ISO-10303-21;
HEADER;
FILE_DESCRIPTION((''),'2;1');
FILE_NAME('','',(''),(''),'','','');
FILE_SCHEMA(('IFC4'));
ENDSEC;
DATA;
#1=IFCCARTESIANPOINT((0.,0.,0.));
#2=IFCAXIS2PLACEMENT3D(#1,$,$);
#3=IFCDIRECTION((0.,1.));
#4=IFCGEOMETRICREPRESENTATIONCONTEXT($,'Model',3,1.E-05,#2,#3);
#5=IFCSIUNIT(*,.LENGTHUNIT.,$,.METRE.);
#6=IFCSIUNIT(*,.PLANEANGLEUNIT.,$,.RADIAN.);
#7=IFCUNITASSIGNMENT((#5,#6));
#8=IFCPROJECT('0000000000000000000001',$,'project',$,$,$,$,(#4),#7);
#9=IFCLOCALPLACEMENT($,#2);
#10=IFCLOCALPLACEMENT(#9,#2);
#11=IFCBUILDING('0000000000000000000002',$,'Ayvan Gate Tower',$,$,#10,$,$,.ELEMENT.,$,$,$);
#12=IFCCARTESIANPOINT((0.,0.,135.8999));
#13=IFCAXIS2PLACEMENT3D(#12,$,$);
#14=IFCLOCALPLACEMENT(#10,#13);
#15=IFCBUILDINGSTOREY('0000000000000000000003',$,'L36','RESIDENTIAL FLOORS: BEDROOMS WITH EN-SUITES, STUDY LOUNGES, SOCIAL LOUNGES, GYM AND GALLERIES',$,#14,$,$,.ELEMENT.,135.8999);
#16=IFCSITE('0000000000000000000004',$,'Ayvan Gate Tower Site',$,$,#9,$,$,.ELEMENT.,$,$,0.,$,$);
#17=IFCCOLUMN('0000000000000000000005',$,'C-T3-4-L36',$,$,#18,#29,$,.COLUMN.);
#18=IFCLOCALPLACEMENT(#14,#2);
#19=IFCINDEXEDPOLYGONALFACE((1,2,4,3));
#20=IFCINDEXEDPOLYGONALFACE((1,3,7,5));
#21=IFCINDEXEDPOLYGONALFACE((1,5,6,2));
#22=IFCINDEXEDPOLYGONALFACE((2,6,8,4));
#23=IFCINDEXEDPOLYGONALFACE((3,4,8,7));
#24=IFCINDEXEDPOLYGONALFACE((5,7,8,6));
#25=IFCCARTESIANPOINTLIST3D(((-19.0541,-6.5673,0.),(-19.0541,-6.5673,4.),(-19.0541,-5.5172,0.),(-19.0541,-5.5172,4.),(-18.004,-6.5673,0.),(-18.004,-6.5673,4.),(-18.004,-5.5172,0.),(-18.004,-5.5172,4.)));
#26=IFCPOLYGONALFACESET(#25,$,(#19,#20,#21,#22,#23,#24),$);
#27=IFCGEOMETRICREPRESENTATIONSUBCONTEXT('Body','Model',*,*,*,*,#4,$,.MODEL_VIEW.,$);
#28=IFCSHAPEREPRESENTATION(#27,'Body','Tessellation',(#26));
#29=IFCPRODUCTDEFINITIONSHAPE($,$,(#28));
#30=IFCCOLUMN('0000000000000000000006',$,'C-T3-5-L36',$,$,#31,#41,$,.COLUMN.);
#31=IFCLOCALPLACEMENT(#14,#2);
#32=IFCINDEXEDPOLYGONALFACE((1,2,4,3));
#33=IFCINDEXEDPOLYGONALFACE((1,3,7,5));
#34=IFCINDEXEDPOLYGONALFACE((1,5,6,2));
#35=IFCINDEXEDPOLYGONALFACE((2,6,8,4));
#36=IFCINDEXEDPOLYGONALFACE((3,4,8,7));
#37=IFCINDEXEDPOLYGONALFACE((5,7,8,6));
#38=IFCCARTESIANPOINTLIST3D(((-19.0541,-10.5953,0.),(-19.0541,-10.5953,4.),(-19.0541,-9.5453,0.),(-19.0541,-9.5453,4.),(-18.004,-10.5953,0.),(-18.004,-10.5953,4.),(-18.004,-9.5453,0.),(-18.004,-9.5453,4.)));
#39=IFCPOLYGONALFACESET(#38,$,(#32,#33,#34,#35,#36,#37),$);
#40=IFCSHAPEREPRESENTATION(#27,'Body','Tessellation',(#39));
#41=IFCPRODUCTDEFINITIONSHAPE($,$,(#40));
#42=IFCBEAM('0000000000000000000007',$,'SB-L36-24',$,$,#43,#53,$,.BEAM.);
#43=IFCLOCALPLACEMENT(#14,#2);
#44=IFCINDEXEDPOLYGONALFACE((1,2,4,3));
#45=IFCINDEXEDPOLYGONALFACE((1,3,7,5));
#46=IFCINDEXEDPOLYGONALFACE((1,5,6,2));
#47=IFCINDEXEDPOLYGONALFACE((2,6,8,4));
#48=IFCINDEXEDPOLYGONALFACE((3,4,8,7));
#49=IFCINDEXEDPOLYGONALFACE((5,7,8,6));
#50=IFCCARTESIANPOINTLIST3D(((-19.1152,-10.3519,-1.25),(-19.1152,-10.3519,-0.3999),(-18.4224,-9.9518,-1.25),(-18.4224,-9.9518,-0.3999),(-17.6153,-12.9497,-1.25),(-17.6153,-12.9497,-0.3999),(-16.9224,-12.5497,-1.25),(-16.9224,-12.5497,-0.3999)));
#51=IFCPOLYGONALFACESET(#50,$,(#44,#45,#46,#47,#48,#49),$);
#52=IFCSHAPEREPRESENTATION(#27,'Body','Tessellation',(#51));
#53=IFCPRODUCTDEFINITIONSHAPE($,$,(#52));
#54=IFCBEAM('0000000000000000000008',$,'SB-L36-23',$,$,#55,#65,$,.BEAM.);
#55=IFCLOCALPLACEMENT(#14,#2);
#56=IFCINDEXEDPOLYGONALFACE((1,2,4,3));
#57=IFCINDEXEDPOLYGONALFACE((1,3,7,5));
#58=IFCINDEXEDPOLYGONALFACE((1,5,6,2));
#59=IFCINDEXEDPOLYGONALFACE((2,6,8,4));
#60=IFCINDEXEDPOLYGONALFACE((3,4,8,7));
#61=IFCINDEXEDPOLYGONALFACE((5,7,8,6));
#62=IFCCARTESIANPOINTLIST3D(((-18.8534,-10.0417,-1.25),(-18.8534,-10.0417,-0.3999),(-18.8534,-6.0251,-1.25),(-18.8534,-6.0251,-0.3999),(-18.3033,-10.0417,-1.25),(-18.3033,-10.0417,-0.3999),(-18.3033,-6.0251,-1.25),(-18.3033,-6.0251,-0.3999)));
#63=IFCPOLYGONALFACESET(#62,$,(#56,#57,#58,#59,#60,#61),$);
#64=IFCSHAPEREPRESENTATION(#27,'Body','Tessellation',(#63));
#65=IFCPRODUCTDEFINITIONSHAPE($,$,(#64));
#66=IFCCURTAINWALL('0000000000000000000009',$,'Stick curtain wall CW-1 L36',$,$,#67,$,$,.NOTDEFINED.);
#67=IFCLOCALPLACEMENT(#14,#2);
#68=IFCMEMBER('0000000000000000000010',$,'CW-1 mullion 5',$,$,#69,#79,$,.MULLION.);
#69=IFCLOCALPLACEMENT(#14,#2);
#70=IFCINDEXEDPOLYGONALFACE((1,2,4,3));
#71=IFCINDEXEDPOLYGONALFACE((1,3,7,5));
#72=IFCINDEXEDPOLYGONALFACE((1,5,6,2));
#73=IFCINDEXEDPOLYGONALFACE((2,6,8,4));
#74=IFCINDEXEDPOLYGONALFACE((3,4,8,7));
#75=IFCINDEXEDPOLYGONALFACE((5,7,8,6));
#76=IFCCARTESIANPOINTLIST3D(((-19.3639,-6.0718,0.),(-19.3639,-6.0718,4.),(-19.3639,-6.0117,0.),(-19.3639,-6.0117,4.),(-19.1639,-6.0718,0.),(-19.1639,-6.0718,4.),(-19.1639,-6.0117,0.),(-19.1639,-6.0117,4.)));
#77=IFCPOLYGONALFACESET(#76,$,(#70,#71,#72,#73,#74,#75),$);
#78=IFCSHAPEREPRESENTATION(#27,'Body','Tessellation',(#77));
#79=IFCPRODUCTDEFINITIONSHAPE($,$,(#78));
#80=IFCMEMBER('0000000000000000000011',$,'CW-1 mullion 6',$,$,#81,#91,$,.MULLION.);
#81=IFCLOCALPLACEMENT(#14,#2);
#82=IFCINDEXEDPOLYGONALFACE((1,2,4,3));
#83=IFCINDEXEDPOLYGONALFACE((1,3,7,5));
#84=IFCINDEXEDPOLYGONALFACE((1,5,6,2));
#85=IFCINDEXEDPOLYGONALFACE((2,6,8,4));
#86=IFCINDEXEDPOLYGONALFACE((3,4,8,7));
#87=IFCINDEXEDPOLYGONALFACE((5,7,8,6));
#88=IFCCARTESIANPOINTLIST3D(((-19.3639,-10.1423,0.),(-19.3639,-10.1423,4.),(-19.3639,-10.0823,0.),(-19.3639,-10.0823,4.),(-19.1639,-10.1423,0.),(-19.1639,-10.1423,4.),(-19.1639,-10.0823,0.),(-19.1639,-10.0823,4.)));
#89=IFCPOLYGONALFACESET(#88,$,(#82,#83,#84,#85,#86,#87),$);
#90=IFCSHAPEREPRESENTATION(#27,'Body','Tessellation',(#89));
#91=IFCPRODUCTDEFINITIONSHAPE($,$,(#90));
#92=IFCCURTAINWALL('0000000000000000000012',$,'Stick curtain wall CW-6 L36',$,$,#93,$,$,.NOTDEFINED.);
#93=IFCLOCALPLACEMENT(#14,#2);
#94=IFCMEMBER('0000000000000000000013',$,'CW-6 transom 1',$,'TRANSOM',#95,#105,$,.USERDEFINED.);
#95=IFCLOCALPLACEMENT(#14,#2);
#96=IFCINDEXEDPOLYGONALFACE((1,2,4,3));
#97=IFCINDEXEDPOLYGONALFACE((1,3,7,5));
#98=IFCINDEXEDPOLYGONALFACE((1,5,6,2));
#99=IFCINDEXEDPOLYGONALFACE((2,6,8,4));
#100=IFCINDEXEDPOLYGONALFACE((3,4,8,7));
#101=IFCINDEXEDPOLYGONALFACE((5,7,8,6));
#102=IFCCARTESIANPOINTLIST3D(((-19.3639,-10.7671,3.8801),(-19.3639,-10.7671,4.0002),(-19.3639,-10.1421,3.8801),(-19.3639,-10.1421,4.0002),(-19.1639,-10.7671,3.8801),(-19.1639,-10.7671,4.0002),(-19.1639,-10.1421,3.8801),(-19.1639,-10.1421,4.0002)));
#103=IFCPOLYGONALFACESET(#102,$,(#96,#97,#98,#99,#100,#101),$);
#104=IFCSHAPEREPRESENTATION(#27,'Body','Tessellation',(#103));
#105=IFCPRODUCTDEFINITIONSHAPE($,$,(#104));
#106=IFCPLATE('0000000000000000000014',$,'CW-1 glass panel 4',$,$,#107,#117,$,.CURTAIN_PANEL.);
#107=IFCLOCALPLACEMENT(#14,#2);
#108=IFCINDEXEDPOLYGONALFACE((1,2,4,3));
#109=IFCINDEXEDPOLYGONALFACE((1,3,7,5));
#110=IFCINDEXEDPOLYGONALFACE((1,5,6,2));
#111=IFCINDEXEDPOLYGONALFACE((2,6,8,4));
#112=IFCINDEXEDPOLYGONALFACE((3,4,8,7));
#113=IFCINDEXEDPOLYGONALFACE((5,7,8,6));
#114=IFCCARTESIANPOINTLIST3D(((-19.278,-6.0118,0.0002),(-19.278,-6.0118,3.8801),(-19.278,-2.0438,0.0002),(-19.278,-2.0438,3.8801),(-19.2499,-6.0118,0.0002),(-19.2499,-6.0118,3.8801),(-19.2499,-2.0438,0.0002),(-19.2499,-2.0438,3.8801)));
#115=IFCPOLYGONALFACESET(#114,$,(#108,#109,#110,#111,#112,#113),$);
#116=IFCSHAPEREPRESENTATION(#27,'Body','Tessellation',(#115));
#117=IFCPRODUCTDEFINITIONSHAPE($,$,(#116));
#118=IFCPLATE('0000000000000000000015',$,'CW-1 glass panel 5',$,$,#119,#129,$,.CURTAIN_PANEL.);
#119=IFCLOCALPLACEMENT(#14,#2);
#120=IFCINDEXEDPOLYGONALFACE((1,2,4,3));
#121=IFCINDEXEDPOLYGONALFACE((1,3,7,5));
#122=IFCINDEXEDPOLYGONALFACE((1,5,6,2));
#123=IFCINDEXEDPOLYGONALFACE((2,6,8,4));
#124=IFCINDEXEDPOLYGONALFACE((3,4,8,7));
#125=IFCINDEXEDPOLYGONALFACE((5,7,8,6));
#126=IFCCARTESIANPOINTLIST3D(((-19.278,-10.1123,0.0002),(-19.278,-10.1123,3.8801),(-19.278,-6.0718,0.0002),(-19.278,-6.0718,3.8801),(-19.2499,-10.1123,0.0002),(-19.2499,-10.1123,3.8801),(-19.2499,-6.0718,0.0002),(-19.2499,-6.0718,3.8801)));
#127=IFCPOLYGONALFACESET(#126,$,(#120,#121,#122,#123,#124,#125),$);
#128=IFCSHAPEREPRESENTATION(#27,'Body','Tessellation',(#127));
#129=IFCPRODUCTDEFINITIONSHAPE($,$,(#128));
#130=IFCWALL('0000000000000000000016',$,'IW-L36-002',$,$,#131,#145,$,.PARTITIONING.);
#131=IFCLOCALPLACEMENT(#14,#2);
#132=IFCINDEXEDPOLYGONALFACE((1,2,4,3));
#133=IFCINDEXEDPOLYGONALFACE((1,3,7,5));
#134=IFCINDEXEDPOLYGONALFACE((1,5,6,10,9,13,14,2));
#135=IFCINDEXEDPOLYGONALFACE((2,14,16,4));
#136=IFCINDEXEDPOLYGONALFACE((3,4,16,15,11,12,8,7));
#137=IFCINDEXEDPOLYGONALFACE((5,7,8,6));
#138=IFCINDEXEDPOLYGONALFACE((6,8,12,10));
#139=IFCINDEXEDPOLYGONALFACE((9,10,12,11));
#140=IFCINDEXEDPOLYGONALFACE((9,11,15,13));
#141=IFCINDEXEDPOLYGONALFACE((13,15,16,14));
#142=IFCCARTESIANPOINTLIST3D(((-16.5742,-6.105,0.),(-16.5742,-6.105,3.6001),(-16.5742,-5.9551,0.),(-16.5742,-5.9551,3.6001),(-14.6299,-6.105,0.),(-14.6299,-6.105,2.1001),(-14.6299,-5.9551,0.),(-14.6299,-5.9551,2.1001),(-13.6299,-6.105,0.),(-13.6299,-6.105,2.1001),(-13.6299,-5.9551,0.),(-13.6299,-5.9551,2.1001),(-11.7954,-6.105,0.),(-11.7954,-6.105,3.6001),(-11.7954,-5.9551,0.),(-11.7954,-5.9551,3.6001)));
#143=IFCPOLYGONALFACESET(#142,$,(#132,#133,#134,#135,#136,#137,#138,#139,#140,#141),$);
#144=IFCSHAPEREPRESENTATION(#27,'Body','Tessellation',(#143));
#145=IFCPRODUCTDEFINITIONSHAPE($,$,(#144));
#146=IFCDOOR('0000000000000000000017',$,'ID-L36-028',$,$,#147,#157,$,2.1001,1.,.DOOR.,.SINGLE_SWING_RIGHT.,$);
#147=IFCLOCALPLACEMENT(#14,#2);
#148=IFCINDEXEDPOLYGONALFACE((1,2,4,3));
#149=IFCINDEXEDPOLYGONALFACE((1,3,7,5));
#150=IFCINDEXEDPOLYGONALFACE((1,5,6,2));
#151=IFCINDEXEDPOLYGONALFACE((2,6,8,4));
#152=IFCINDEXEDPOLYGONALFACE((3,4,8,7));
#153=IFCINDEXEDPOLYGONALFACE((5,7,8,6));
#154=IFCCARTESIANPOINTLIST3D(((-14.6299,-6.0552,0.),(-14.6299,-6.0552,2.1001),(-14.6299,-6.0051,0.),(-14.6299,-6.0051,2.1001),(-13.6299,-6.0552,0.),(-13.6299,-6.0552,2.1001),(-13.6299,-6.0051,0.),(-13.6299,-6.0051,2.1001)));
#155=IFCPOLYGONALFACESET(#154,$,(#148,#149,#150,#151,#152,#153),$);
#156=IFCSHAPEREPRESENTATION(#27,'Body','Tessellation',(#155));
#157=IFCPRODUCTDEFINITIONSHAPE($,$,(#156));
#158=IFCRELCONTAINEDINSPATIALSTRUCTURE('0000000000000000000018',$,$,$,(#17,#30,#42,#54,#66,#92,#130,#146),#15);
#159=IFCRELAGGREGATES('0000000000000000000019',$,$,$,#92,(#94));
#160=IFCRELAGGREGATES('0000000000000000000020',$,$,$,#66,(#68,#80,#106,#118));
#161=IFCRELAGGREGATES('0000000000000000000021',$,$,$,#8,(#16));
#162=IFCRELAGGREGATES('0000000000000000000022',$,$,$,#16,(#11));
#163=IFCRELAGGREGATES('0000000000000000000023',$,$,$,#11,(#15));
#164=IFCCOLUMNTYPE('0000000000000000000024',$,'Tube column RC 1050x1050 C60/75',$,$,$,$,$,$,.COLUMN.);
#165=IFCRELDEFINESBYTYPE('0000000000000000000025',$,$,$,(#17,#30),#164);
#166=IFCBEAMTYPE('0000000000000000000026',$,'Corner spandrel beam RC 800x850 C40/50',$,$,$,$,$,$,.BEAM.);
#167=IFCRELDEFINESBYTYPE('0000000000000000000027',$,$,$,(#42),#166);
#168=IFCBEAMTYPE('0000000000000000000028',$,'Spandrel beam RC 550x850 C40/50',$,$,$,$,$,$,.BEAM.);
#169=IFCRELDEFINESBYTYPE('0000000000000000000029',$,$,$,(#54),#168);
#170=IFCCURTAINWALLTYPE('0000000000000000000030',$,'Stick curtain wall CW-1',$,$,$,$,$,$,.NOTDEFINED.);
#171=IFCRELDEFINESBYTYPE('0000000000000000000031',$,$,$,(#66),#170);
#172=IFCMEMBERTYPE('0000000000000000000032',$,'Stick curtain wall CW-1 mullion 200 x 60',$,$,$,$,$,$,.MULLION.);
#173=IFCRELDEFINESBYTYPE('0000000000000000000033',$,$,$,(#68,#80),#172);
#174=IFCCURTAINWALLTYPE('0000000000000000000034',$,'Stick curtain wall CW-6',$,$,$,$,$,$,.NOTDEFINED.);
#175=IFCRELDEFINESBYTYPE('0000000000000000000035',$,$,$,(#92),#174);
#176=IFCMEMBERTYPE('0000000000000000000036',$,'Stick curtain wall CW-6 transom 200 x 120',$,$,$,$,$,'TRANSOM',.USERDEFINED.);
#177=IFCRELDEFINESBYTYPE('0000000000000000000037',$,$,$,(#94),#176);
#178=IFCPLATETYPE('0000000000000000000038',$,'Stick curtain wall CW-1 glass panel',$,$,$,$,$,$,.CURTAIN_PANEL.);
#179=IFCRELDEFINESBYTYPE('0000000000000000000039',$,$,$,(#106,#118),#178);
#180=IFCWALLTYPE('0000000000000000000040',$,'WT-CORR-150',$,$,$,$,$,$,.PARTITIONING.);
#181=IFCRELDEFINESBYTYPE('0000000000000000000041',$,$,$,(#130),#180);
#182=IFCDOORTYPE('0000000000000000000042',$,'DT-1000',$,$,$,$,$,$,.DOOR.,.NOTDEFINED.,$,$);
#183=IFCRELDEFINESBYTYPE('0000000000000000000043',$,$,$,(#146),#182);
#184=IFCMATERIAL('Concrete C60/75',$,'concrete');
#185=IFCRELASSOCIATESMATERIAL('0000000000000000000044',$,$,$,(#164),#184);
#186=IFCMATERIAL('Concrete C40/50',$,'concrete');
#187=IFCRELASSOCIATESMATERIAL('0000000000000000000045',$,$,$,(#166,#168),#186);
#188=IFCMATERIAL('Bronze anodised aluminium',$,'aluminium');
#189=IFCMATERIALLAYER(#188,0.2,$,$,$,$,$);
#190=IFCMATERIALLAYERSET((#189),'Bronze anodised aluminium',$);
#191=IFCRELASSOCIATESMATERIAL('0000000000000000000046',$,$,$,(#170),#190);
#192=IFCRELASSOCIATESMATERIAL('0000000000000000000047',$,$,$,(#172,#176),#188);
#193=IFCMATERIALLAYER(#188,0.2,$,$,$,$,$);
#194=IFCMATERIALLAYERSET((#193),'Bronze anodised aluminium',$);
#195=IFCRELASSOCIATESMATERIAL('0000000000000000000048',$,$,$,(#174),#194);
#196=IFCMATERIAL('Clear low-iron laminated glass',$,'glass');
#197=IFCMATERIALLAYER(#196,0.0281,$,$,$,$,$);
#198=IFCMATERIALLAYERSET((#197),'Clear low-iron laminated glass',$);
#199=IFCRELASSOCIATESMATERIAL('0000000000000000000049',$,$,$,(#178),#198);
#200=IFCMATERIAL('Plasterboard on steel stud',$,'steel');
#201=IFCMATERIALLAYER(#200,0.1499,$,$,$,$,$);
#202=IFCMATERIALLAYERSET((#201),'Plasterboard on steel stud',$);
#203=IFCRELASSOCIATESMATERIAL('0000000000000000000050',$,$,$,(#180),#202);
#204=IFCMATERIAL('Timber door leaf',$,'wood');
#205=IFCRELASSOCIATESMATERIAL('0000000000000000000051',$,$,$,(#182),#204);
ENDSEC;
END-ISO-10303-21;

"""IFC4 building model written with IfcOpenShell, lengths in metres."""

from ifc_helpers import new_model, si_unit, direction, frame, frame_2d, origin, origin_2d, place, context, subcontext, project, spatial, rectangle, extrude, material, layer, layer_set, material_profile, profile_set, type_object, element, fill, aggregate, save


model = new_model("IFC4")

# Units and contexts
model_context = context("Model", 3, precision=1e-05, world=origin(), true_north=direction((0.0, 1.0)))
body_context = subcontext(model_context, "Body", "Model", "MODEL_VIEW")
ifc_project = project(units=[si_unit("LENGTHUNIT", "METRE"), si_unit("PLANEANGLEUNIT", "RADIAN")], contexts=[model_context])

# Site, building, storey
site_placement = place(None, origin())
site = spatial("IfcSite", under=ifc_project, at=site_placement, Name="Ayvan Gate Tower Site", CompositionType="ELEMENT", RefElevation=0.0)
building_placement = place(site_placement, origin())
building = spatial("IfcBuilding", under=site, at=building_placement, Name="Ayvan Gate Tower", CompositionType="ELEMENT")
storey_placement = place(building_placement, frame((0.0, 0.0, 135.8999)))
storey = spatial("IfcBuildingStorey", under=building, at=storey_placement, Name="L36", Description="RESIDENTIAL FLOORS: BEDROOMS WITH EN-SUITES, STUDY LOUNGES, SOCIAL LOUNGES, GYM AND GALLERIES", CompositionType="ELEMENT", Elevation=135.8999)

# Columns
ifc_material_1 = material(Name="Concrete C60/75", Category="concrete")
ifc_material_profile_1 = material_profile(ifc_material_1, rectangle(XDim=1.05, YDim=1.05, at=origin_2d()), Name="RC 1050x1050")
ifc_profile_set_1 = profile_set([ifc_material_profile_1], Name="Concrete C60/75")
column_type = type_object("IfcColumnType", Name="Tube column RC 1050x1050 C60/75", PredefinedType="COLUMN", material=ifc_profile_set_1)
for number, where, z_axis, x_axis, name in (
    (1, (-18.5291, -6.0422, 0.0), (0.0, 0.0, 1.0), (-1.0, 0.0, 0.0), "C-T3-4-L36"),
    (2, (-18.5291, -10.0703, 0.0), (0.0, 0.0, 1.0), (-1.0, 0.0, 0.0), "C-T3-5-L36"),
):
    element("IfcColumn", number, at=place(storey_placement, frame(where, z_axis=z_axis, x_axis=x_axis)), inside=storey, type_object=column_type, Name=name, PredefinedType="COLUMN", context=body_context, shape_type="SweptSolid", body=[
        extrude(rectangle(XDim=1.05, YDim=1.05, at=origin_2d()), origin(), (0.0, 0.0, 1.0), 4.0),
    ])

# Beams
ifc_material_2 = material(Name="Concrete C40/50", Category="concrete")
ifc_material_profile_2 = material_profile(ifc_material_2, rectangle(XDim=0.8, YDim=0.8501, at=origin_2d()), Name="RC 800x850")
ifc_profile_set_2 = profile_set([ifc_material_profile_2], Name="Concrete C40/50")
beam_type_1 = type_object("IfcBeamType", Name="Corner spandrel beam RC 800x850 C40/50", PredefinedType="BEAM", material=ifc_profile_set_2)
beam_1_placement = place(storey_placement, frame((-18.7688, -10.1519, -0.825), z_axis=(0.500025, -0.866011, 0.0), x_axis=(0.866011, 0.500025, 0.0)))
element("IfcBeam", 3, at=beam_1_placement, inside=storey, type_object=beam_type_1, Name="SB-L36-24", PredefinedType="BEAM", context=body_context, shape_type="SweptSolid", body=[
    extrude(rectangle(XDim=0.8, YDim=0.8501, at=origin_2d()), origin(), (0.0, 0.0, 1.0), 2.9998),
])
ifc_material_profile_3 = material_profile(ifc_material_2, rectangle(XDim=0.55, YDim=0.8501, at=origin_2d()), Name="RC 550x850")
ifc_profile_set_3 = profile_set([ifc_material_profile_3], Name="Concrete C40/50")
beam_type_2 = type_object("IfcBeamType", Name="Spandrel beam RC 550x850 C40/50", PredefinedType="BEAM", material=ifc_profile_set_3)
beam_2_placement = place(storey_placement, frame((-18.5784, -6.0251, -0.825), z_axis=(0.0, -1.0, 0.0), x_axis=(1.0, 0.0, 0.0)))
element("IfcBeam", 4, at=beam_2_placement, inside=storey, type_object=beam_type_2, Name="SB-L36-23", PredefinedType="BEAM", context=body_context, shape_type="SweptSolid", body=[
    extrude(rectangle(XDim=0.55, YDim=0.8501, at=origin_2d()), origin(), (0.0, 0.0, 1.0), 4.0166),
])

# Curtain wall, members
ifc_material_3 = material(Name="Bronze anodised aluminium", Category="aluminium")
ifc_layer_1 = layer(ifc_material_3, 0.2)
ifc_layer_set_1 = layer_set([ifc_layer_1], Name="Bronze anodised aluminium")
curtain_wall_type_1 = type_object("IfcCurtainWallType", Name="Stick curtain wall CW-1", PredefinedType="NOTDEFINED", material=ifc_layer_set_1)
curtain_wall_1_placement = place(storey_placement, origin())
curtain_wall_1 = element("IfcCurtainWall", 5, at=curtain_wall_1_placement, inside=storey, type_object=curtain_wall_type_1, Name="Stick curtain wall CW-1 L36", PredefinedType="NOTDEFINED")
ifc_material_profile_4 = material_profile(ifc_material_3, rectangle(XDim=0.2, YDim=0.0601, at=origin_2d()), Name="Stick curtain wall CW-1 mullion 200 x 60")
ifc_profile_set_4 = profile_set([ifc_material_profile_4], Name="Bronze anodised aluminium")
member_type_1 = type_object("IfcMemberType", Name="Stick curtain wall CW-1 mullion 200 x 60", PredefinedType="MULLION", material=ifc_profile_set_4)
member_1_placement = place(storey_placement, frame((-19.2639, -6.0417, 0.0), z_axis=(0.0, 0.0, 1.0), x_axis=(-1.0, 0.0, 0.0)))
member_1 = element("IfcMember", 6, at=member_1_placement, type_object=member_type_1, Name="CW-1 mullion 5", PredefinedType="MULLION", context=body_context, shape_type="SweptSolid", body=[
    extrude(rectangle(XDim=0.2, YDim=0.0601, at=origin_2d()), origin(), (0.0, 0.0, 1.0), 4.0),
])
member_2_placement = place(storey_placement, frame((-19.2639, -10.1123, 0.0), z_axis=(0.0, 0.0, 1.0), x_axis=(-1.0, 0.0, 0.0)))
member_2 = element("IfcMember", 7, at=member_2_placement, type_object=member_type_1, Name="CW-1 mullion 6", PredefinedType="MULLION", context=body_context, shape_type="SweptSolid", body=[
    extrude(rectangle(XDim=0.2, YDim=0.0601, at=origin_2d()), origin(), (0.0, 0.0, 1.0), 4.0),
])

# Curtain wall, member
ifc_layer_2 = layer(ifc_material_3, 0.2)
ifc_layer_set_2 = layer_set([ifc_layer_2], Name="Bronze anodised aluminium")
curtain_wall_type_2 = type_object("IfcCurtainWallType", Name="Stick curtain wall CW-6", PredefinedType="NOTDEFINED", material=ifc_layer_set_2)
curtain_wall_2_placement = place(storey_placement, origin())
curtain_wall_2 = element("IfcCurtainWall", 8, at=curtain_wall_2_placement, inside=storey, type_object=curtain_wall_type_2, Name="Stick curtain wall CW-6 L36", PredefinedType="NOTDEFINED")
ifc_material_profile_5 = material_profile(ifc_material_3, rectangle(XDim=0.2, YDim=0.1201, at=origin_2d()), Name="Stick curtain wall CW-6 transom 200 x 120")
ifc_profile_set_5 = profile_set([ifc_material_profile_5], Name="Bronze anodised aluminium")
member_type_2 = type_object("IfcMemberType", Name="Stick curtain wall CW-6 transom 200 x 120", ElementType="TRANSOM", PredefinedType="USERDEFINED", material=ifc_profile_set_5)
member_3_placement = place(storey_placement, frame((-19.2639, -10.1421, 3.9402), z_axis=(0.0, -1.0, 0.0), x_axis=(1.0, 0.0, 0.0)))
member_3 = element("IfcMember", 9, at=member_3_placement, type_object=member_type_2, Name="CW-6 transom 1", ObjectType="TRANSOM", PredefinedType="USERDEFINED", context=body_context, shape_type="SweptSolid", body=[
    extrude(rectangle(XDim=0.2, YDim=0.1201, at=origin_2d()), origin(), (0.0, 0.0, 1.0), 0.625),
])
aggregate(curtain_wall_2, [member_3])

# Plates
ifc_material_4 = material(Name="Clear low-iron laminated glass", Category="glass")
ifc_layer_3 = layer(ifc_material_4, 0.0281)
ifc_layer_set_3 = layer_set([ifc_layer_3], Name="Clear low-iron laminated glass")
plate_type = type_object("IfcPlateType", Name="Stick curtain wall CW-1 glass panel", PredefinedType="CURTAIN_PANEL", material=ifc_layer_set_3)
plate_1_placement = place(storey_placement, frame((-19.2639, -4.0278, 0.0002), z_axis=(0.0, 0.0, 1.0), x_axis=(0.0, -1.0, 0.0)))
plate_1 = element("IfcPlate", 10, at=plate_1_placement, type_object=plate_type, Name="CW-1 glass panel 4", PredefinedType="CURTAIN_PANEL", context=body_context, shape_type="SweptSolid", body=[
    extrude(rectangle(XDim=3.968, YDim=0.0281, at=origin_2d()), origin(), (0.0, 0.0, 1.0), 3.8799),
])
plate_2_placement = place(storey_placement, frame((-19.2639, -8.092, 0.0002), z_axis=(0.0, 0.0, 1.0), x_axis=(0.0, -1.0, 0.0)))
plate_2 = element("IfcPlate", 11, at=plate_2_placement, type_object=plate_type, Name="CW-1 glass panel 5", PredefinedType="CURTAIN_PANEL", context=body_context, shape_type="SweptSolid", body=[
    extrude(rectangle(XDim=4.0405, YDim=0.0281, at=origin_2d()), origin(), (0.0, 0.0, 1.0), 3.8799),
])
aggregate(curtain_wall_1, [member_1, member_2, plate_1, plate_2])

# Wall, opening, door
ifc_material_5 = material(Name="Plasterboard on steel stud", Category="steel")
ifc_layer_4 = layer(ifc_material_5, 0.1499)
ifc_layer_set_4 = layer_set([ifc_layer_4], Name="Plasterboard on steel stud")
wall_type_1 = type_object("IfcWallType", Name="WT-CORR-150", PredefinedType="PARTITIONING", material=ifc_layer_set_4)
wall_1_placement = place(storey_placement, frame((-16.5742, -6.03, 0.0), z_axis=(0.0, 0.0, 1.0), x_axis=(1.0, 0.0, 0.0)))
wall_1 = element("IfcWall", 12, at=wall_1_placement, inside=storey, type_object=wall_type_1, Name="IW-L36-002", PredefinedType="PARTITIONING", context=body_context, shape_type="SweptSolid", body=[
    extrude(rectangle(XDim=4.7788, YDim=0.1499, at=frame_2d((2.3894, 0.0))), origin(), (0.0, 0.0, 1.0), 3.6001),
])
opening_1_placement = place(wall_1_placement, frame((1.9443, 0.0, 0.0)))
opening_1 = element("IfcOpeningElement", 13, at=opening_1_placement, cuts=wall_1, PredefinedType="OPENING", context=body_context, shape_type="SweptSolid", body=[
    extrude(rectangle(XDim=1.0, YDim=2.1001, at=frame_2d((0.5, 1.05))), frame((0.0, 0.085, 0.0), z_axis=(0.0, -1.0, 0.0), x_axis=(1.0, 0.0, 0.0)), (0.0, 0.0, 1.0), 0.1699),
])
ifc_material_6 = material(Name="Timber door leaf", Category="wood")
door_type = type_object("IfcDoorType", Name="DT-1000", OperationType="NOTDEFINED", PredefinedType="DOOR", material=ifc_material_6)
door_1_placement = place(opening_1_placement, origin())
door_1 = element("IfcDoor", 14, at=door_1_placement, inside=storey, type_object=door_type, Name="ID-L36-028", OperationType="SINGLE_SWING_RIGHT", OverallHeight=2.1001, OverallWidth=1.0, PredefinedType="DOOR", context=body_context, shape_type="SweptSolid", body=[
    extrude(rectangle(XDim=1.0, YDim=2.1001, at=frame_2d((0.5, 1.05))), frame((0.0, 0.0249, 0.0), z_axis=(0.0, -1.0, 0.0), x_axis=(1.0, 0.0, 0.0)), (0.0, 0.0, 1.0), 0.05),
])
fill(opening_1, door_1)

save(model, "model.ifc")
